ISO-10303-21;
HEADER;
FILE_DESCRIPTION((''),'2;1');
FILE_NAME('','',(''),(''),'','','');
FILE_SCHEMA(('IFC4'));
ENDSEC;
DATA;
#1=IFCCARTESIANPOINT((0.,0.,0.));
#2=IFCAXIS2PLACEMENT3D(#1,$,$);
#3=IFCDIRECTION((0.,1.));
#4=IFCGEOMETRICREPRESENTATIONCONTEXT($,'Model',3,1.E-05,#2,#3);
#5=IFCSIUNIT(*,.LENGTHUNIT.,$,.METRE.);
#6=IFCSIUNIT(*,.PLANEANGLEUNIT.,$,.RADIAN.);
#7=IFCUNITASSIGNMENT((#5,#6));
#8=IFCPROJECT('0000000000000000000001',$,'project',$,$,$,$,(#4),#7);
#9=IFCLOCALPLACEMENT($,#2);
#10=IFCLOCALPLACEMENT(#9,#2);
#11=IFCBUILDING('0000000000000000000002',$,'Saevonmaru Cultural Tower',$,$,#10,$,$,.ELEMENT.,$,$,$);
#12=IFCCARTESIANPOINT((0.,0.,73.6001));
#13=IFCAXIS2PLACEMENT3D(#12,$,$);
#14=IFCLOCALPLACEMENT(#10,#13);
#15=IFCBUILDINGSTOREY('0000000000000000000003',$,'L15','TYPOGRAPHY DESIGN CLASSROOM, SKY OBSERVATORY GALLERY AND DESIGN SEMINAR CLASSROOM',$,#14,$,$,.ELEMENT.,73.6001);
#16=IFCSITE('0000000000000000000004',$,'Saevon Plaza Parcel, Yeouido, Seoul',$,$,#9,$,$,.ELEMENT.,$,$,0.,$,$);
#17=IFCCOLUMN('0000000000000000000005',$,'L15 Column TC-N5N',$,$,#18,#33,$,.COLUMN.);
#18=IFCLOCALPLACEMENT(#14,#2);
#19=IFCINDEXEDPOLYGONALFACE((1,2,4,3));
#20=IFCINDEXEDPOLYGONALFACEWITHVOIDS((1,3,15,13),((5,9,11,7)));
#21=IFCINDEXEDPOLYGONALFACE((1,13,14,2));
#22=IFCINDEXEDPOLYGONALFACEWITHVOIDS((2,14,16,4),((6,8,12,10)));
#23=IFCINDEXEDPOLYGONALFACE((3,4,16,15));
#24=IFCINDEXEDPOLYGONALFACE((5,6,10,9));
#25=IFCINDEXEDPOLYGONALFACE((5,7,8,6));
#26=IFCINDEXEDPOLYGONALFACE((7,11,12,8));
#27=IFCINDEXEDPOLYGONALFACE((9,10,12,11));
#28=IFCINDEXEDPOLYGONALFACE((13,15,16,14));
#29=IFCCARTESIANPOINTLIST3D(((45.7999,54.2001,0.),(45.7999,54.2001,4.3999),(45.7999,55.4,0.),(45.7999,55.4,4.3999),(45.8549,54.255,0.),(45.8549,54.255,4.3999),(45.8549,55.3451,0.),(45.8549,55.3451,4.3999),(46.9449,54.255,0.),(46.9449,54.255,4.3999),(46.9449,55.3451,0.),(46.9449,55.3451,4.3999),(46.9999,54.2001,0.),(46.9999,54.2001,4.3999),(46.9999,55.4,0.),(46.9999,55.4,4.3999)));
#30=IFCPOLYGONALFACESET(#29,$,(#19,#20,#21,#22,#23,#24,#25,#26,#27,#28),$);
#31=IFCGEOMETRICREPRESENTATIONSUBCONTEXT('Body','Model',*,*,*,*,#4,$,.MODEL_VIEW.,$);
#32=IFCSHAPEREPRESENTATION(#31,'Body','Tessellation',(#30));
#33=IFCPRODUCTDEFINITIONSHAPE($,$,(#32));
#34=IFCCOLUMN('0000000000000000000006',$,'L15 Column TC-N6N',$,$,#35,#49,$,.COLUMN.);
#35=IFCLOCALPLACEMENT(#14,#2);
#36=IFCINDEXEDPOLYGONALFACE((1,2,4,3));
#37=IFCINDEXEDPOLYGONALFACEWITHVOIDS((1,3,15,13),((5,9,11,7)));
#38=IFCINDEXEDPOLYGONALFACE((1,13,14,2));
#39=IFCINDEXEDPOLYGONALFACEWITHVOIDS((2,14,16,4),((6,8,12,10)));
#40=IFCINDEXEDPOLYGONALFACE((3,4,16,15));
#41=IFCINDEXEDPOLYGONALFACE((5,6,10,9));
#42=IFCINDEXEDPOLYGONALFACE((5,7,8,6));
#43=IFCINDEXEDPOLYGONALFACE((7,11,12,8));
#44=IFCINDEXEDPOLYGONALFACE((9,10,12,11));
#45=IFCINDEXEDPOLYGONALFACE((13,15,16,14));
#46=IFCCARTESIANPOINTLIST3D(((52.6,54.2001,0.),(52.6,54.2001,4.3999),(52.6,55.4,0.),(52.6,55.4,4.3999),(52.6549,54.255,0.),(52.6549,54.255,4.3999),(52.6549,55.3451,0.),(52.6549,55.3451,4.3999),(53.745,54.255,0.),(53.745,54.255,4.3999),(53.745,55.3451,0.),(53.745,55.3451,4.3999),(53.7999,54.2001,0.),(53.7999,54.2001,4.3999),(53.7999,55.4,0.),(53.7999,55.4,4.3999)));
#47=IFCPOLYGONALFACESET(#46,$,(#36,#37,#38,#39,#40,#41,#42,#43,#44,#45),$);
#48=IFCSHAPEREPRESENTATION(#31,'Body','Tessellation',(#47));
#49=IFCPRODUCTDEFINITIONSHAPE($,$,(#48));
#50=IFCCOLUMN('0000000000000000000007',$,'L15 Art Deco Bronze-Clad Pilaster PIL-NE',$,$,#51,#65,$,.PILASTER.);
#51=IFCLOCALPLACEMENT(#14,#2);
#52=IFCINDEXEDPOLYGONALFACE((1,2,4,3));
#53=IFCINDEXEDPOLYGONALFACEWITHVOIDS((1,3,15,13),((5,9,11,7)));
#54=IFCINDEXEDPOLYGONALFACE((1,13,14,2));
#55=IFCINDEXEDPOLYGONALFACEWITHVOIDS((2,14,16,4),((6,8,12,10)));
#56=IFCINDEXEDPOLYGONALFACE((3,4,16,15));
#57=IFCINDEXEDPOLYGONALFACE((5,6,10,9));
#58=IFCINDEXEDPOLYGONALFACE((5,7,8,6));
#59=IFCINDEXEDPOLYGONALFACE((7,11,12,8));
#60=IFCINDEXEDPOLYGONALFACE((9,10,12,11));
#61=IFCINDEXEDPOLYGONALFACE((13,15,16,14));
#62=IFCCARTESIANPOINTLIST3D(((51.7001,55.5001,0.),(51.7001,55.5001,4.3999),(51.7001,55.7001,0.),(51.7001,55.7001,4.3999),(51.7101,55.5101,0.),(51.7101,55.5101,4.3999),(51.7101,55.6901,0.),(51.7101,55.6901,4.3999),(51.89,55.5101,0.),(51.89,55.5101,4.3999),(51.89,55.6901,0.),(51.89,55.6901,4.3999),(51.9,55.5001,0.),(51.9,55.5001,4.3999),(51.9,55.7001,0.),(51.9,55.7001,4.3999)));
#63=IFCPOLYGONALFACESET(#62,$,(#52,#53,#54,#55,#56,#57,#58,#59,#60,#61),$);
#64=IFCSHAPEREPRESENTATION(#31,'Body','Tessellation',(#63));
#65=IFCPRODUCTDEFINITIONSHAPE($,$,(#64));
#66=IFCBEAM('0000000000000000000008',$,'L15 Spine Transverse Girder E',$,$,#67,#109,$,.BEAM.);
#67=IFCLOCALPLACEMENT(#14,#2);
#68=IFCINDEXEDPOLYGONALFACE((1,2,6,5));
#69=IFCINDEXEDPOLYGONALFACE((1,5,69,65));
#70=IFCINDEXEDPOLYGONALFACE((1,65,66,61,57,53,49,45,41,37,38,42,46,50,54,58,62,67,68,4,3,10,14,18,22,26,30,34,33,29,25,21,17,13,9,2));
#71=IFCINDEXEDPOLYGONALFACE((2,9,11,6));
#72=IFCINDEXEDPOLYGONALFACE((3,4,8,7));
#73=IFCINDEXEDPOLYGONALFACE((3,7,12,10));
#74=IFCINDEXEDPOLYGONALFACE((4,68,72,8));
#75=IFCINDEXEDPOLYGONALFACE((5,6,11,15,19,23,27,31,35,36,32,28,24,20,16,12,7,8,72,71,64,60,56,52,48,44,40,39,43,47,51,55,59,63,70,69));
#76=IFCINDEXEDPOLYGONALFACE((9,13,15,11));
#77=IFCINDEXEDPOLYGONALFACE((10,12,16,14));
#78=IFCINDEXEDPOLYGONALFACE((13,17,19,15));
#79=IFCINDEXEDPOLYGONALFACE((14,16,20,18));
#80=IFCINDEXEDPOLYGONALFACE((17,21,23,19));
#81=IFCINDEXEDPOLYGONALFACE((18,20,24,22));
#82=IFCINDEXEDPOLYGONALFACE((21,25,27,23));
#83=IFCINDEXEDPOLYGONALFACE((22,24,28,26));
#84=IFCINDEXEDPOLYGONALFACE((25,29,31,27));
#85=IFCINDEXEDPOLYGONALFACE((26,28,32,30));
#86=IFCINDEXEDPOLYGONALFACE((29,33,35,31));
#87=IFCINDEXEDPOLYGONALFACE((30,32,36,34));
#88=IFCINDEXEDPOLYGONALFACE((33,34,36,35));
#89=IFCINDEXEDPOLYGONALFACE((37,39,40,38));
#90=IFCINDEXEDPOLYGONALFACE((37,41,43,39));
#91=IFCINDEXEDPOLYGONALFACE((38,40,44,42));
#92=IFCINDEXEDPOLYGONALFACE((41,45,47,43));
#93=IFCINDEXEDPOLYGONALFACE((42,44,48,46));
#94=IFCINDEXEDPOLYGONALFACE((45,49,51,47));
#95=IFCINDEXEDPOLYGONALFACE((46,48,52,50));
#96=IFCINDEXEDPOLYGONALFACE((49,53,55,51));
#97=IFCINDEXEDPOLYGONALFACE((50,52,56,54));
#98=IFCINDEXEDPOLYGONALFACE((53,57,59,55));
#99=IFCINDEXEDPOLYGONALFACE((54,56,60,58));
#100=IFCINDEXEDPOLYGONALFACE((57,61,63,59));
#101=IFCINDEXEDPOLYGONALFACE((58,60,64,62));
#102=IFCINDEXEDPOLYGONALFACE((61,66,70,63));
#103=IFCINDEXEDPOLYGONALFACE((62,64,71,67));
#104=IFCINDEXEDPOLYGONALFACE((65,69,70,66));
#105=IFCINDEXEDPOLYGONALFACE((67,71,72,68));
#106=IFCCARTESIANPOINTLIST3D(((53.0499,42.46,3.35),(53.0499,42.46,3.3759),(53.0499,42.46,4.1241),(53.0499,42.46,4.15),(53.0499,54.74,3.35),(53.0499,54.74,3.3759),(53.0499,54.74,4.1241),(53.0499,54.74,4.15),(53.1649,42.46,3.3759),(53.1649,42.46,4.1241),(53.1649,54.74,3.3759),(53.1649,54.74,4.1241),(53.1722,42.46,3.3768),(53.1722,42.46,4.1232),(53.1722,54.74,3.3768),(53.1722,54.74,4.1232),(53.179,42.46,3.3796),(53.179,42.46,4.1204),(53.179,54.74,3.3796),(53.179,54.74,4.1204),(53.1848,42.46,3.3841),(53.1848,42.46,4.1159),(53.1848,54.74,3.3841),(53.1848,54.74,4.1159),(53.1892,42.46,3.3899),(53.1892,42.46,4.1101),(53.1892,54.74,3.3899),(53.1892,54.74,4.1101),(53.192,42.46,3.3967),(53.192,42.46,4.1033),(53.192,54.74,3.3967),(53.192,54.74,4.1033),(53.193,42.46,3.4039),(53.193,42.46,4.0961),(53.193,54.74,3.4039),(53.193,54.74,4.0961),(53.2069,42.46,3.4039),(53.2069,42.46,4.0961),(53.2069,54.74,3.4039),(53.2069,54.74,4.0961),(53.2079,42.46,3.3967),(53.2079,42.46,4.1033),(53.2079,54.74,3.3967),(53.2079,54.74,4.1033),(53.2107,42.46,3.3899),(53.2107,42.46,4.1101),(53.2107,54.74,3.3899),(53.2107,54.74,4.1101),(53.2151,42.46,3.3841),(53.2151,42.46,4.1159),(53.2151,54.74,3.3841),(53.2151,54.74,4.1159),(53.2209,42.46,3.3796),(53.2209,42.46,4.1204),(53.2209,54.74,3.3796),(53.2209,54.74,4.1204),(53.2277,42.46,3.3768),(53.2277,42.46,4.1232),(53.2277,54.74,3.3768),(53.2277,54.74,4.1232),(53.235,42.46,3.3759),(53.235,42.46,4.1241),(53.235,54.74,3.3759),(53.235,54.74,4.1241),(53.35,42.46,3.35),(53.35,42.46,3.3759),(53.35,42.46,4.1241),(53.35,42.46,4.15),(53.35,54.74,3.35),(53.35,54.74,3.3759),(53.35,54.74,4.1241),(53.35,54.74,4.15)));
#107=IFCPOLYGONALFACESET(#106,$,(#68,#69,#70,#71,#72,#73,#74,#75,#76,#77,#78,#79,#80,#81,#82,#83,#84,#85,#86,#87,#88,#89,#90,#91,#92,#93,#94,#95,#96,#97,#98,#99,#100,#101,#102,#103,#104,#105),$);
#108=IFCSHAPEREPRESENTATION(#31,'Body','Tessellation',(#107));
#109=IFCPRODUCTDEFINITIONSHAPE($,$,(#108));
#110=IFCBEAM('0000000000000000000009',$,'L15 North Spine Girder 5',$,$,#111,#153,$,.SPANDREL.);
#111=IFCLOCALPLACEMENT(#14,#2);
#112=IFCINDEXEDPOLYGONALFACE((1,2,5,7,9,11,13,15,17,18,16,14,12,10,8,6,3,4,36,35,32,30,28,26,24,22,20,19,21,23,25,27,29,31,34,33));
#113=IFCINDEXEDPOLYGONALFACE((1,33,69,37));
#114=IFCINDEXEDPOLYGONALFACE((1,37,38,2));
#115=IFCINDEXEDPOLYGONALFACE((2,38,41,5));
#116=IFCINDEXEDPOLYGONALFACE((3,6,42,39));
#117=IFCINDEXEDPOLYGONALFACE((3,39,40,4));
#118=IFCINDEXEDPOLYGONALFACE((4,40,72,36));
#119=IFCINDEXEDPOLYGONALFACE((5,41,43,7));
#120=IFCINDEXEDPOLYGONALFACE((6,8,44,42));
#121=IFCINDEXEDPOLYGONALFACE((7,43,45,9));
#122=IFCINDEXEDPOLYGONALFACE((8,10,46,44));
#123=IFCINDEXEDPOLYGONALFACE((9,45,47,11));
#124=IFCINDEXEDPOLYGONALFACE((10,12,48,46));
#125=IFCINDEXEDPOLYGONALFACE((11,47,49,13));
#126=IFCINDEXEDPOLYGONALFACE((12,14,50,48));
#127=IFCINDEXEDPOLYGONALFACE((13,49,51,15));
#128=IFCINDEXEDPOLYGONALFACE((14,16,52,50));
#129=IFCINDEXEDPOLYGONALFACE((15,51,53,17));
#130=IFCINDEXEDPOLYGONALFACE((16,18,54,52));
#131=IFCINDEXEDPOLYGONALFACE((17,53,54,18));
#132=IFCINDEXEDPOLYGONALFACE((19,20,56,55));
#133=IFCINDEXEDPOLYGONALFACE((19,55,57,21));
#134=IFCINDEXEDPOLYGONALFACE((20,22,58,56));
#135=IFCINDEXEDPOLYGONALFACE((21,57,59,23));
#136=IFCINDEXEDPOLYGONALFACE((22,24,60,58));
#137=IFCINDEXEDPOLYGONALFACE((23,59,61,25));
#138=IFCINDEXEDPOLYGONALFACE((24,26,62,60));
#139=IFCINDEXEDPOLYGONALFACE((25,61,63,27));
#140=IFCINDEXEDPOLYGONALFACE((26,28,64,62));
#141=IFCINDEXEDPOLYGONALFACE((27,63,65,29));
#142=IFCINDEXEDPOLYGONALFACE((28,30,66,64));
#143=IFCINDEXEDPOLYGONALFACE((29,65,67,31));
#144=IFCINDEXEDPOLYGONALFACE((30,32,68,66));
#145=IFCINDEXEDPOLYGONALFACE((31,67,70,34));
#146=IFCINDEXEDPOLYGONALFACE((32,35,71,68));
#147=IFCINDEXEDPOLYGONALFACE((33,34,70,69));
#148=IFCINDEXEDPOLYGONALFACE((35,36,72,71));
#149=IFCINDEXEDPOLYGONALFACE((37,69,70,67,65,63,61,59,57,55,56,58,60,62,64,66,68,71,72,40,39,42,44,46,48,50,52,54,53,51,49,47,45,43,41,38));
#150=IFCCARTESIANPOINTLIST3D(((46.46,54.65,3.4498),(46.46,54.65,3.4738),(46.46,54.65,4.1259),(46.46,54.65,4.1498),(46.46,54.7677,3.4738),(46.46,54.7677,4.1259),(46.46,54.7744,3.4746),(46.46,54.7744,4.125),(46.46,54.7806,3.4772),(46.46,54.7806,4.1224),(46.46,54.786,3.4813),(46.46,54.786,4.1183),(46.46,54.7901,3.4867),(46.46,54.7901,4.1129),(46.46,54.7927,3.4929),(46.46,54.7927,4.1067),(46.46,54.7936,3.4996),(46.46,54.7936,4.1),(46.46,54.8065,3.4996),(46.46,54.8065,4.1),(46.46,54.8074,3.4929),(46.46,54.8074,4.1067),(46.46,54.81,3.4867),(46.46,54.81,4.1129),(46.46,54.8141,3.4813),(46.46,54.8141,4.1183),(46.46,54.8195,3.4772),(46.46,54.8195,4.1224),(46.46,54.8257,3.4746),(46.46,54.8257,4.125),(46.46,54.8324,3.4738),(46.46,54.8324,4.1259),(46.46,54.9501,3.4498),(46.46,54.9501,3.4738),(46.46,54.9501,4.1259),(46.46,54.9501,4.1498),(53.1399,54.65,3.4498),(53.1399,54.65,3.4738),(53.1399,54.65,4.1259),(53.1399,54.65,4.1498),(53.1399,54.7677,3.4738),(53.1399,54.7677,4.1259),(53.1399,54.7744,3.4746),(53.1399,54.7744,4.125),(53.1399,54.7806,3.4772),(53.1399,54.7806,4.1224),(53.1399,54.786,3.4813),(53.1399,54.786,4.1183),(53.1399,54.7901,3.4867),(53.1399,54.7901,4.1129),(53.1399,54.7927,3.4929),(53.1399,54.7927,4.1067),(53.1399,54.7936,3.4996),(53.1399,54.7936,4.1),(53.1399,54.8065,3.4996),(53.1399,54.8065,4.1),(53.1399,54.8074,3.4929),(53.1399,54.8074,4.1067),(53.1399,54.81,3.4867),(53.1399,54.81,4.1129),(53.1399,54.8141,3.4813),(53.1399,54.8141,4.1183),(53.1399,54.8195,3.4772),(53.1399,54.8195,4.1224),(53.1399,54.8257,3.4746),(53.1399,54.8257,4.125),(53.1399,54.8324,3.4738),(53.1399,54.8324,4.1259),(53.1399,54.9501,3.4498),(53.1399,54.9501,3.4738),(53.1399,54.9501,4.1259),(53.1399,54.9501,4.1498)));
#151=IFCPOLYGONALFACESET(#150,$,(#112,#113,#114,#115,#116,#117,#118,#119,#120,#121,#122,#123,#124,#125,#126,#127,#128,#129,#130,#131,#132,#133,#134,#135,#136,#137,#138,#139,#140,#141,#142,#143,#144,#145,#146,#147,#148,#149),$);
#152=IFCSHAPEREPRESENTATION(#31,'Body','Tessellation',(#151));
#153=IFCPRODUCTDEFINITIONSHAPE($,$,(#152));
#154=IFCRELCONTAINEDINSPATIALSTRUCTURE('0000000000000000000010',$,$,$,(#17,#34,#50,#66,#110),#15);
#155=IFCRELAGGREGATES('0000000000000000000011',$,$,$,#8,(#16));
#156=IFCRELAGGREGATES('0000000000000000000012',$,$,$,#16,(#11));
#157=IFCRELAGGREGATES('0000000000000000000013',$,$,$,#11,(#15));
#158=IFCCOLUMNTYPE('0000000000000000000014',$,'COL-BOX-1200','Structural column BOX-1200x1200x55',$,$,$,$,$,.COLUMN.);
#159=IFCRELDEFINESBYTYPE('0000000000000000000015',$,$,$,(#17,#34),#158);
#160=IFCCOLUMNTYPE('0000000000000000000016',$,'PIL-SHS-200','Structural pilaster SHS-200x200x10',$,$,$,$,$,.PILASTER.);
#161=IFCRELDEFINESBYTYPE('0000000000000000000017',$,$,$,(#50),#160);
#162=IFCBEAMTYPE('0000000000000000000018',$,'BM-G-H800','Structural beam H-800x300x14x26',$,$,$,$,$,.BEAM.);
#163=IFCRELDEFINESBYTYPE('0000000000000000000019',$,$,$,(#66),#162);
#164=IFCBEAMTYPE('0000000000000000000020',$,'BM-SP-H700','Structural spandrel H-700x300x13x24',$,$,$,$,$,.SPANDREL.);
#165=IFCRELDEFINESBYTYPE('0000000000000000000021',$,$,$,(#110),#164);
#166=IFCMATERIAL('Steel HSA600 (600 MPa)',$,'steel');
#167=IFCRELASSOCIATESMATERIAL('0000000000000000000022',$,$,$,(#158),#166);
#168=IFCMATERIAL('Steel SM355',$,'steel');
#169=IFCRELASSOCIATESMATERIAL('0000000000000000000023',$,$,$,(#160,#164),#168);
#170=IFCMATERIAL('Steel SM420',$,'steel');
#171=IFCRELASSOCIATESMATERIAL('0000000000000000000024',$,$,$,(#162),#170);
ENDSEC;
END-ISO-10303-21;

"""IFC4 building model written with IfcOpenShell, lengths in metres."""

from ifc_helpers import new_model, si_unit, direction, frame, origin, origin_2d, place, context, subcontext, project, spatial, hollow_rectangle, i_section, extrude, material, material_profile, profile_set, type_object, element, save


model = new_model("IFC4")

# Units and contexts
model_context = context("Model", 3, precision=1e-05, world=origin(), true_north=direction((0.0, 1.0)))
body_context = subcontext(model_context, "Body", "Model", "MODEL_VIEW")
ifc_project = project(units=[si_unit("LENGTHUNIT", "METRE"), si_unit("PLANEANGLEUNIT", "RADIAN")], contexts=[model_context])

# Site, building, storey
site_placement = place(None, origin())
site = spatial("IfcSite", under=ifc_project, at=site_placement, Name="Saevon Plaza Parcel, Yeouido, Seoul", CompositionType="ELEMENT", RefElevation=0.0)
building_placement = place(site_placement, origin())
building = spatial("IfcBuilding", under=site, at=building_placement, Name="Saevonmaru Cultural Tower", CompositionType="ELEMENT")
storey_placement = place(building_placement, frame((0.0, 0.0, 73.6001)))
storey = spatial("IfcBuildingStorey", under=building, at=storey_placement, Name="L15", Description="TYPOGRAPHY DESIGN CLASSROOM, SKY OBSERVATORY GALLERY AND DESIGN SEMINAR CLASSROOM", CompositionType="ELEMENT", Elevation=73.6001)

# Columns
ifc_material_1 = material(Name="Steel HSA600 (600 MPa)", Category="steel")
ifc_material_profile_1 = material_profile(ifc_material_1, hollow_rectangle(XDim=1.2, YDim=1.2, WallThickness=0.0549, at=origin_2d()), Name="BOX-1200x1200x55")
ifc_profile_set_1 = profile_set([ifc_material_profile_1], Name="Steel HSA600 (600 MPa)")
column_type_1 = type_object("IfcColumnType", Name="COL-BOX-1200", Description="Structural column BOX-1200x1200x55", PredefinedType="COLUMN", material=ifc_profile_set_1)
for number, where, z_axis, x_axis, name in (
    (1, (46.3999, 54.8, 0.0), (0.0, 0.0, 1.0), (1.0, 0.0, 0.0), "L15 Column TC-N5N"),
    (2, (53.2, 54.8, 0.0), (0.0, 0.0, 1.0), (1.0, 0.0, 0.0), "L15 Column TC-N6N"),
):
    element("IfcColumn", number, at=place(storey_placement, frame(where, z_axis=z_axis, x_axis=x_axis)), inside=storey, type_object=column_type_1, Name=name, PredefinedType="COLUMN", context=body_context, shape_type="SweptSolid", body=[
        extrude(hollow_rectangle(XDim=1.2, YDim=1.2, WallThickness=0.0549, at=origin_2d()), origin(), (0.0, 0.0, 1.0), 4.3999),
    ])
ifc_material_2 = material(Name="Steel SM355", Category="steel")
ifc_material_profile_2 = material_profile(ifc_material_2, hollow_rectangle(XDim=0.2, YDim=0.2, WallThickness=0.01, at=origin_2d()), Name="SHS-200x200x10")
ifc_profile_set_2 = profile_set([ifc_material_profile_2], Name="Steel SM355")
column_type_2 = type_object("IfcColumnType", Name="PIL-SHS-200", Description="Structural pilaster SHS-200x200x10", PredefinedType="PILASTER", material=ifc_profile_set_2)
column_placement = place(storey_placement, frame((51.8, 55.6001, 0.0), z_axis=(0.0, 0.0, 1.0), x_axis=(1.0, 0.0, 0.0)))
element("IfcColumn", 3, at=column_placement, inside=storey, type_object=column_type_2, Name="L15 Art Deco Bronze-Clad Pilaster PIL-NE", PredefinedType="PILASTER", context=body_context, shape_type="SweptSolid", body=[
    extrude(hollow_rectangle(XDim=0.2, YDim=0.2, WallThickness=0.01, at=origin_2d()), origin(), (0.0, 0.0, 1.0), 4.3999),
])

# Beams
ifc_material_3 = material(Name="Steel SM420", Category="steel")
ifc_material_profile_3 = material_profile(ifc_material_3, i_section(OverallWidth=0.3, OverallDepth=0.8, WebThickness=0.0139, FlangeThickness=0.0259, FilletRadius=0.0281, at=origin_2d()), Name="H-800x300x14x26")
ifc_profile_set_3 = profile_set([ifc_material_profile_3], Name="Steel SM420")
beam_type_1 = type_object("IfcBeamType", Name="BM-G-H800", Description="Structural beam H-800x300x14x26", PredefinedType="BEAM", material=ifc_profile_set_3)
beam_1_placement = place(storey_placement, frame((53.2, 54.74, 3.75), z_axis=(0.0, -1.0, 0.0), x_axis=(1.0, 0.0, 0.0)))
element("IfcBeam", 4, at=beam_1_placement, inside=storey, type_object=beam_type_1, Name="L15 Spine Transverse Girder E", PredefinedType="BEAM", context=body_context, shape_type="SweptSolid", body=[
    extrude(i_section(OverallWidth=0.3, OverallDepth=0.8, WebThickness=0.0139, FlangeThickness=0.0259, FilletRadius=0.0281, at=origin_2d()), origin(), (0.0, 0.0, 1.0), 12.28),
])
ifc_material_profile_4 = material_profile(ifc_material_2, i_section(OverallWidth=0.3, OverallDepth=0.7, WebThickness=0.0129, FlangeThickness=0.0239, FilletRadius=0.0259, at=origin_2d()), Name="H-700x300x13x24")
ifc_profile_set_4 = profile_set([ifc_material_profile_4], Name="Steel SM355")
beam_type_2 = type_object("IfcBeamType", Name="BM-SP-H700", Description="Structural spandrel H-700x300x13x24", PredefinedType="SPANDREL", material=ifc_profile_set_4)
beam_2_placement = place(storey_placement, frame((46.46, 54.8, 3.7998), z_axis=(1.0, 0.0, 0.0), x_axis=(0.0, 1.0, 0.0)))
element("IfcBeam", 5, at=beam_2_placement, inside=storey, type_object=beam_type_2, Name="L15 North Spine Girder 5", PredefinedType="SPANDREL", context=body_context, shape_type="SweptSolid", body=[
    extrude(i_section(OverallWidth=0.3, OverallDepth=0.7, WebThickness=0.0129, FlangeThickness=0.0239, FilletRadius=0.0259, at=origin_2d()), origin(), (0.0, 0.0, 1.0), 6.6799),
])

save(model, "model.ifc")
